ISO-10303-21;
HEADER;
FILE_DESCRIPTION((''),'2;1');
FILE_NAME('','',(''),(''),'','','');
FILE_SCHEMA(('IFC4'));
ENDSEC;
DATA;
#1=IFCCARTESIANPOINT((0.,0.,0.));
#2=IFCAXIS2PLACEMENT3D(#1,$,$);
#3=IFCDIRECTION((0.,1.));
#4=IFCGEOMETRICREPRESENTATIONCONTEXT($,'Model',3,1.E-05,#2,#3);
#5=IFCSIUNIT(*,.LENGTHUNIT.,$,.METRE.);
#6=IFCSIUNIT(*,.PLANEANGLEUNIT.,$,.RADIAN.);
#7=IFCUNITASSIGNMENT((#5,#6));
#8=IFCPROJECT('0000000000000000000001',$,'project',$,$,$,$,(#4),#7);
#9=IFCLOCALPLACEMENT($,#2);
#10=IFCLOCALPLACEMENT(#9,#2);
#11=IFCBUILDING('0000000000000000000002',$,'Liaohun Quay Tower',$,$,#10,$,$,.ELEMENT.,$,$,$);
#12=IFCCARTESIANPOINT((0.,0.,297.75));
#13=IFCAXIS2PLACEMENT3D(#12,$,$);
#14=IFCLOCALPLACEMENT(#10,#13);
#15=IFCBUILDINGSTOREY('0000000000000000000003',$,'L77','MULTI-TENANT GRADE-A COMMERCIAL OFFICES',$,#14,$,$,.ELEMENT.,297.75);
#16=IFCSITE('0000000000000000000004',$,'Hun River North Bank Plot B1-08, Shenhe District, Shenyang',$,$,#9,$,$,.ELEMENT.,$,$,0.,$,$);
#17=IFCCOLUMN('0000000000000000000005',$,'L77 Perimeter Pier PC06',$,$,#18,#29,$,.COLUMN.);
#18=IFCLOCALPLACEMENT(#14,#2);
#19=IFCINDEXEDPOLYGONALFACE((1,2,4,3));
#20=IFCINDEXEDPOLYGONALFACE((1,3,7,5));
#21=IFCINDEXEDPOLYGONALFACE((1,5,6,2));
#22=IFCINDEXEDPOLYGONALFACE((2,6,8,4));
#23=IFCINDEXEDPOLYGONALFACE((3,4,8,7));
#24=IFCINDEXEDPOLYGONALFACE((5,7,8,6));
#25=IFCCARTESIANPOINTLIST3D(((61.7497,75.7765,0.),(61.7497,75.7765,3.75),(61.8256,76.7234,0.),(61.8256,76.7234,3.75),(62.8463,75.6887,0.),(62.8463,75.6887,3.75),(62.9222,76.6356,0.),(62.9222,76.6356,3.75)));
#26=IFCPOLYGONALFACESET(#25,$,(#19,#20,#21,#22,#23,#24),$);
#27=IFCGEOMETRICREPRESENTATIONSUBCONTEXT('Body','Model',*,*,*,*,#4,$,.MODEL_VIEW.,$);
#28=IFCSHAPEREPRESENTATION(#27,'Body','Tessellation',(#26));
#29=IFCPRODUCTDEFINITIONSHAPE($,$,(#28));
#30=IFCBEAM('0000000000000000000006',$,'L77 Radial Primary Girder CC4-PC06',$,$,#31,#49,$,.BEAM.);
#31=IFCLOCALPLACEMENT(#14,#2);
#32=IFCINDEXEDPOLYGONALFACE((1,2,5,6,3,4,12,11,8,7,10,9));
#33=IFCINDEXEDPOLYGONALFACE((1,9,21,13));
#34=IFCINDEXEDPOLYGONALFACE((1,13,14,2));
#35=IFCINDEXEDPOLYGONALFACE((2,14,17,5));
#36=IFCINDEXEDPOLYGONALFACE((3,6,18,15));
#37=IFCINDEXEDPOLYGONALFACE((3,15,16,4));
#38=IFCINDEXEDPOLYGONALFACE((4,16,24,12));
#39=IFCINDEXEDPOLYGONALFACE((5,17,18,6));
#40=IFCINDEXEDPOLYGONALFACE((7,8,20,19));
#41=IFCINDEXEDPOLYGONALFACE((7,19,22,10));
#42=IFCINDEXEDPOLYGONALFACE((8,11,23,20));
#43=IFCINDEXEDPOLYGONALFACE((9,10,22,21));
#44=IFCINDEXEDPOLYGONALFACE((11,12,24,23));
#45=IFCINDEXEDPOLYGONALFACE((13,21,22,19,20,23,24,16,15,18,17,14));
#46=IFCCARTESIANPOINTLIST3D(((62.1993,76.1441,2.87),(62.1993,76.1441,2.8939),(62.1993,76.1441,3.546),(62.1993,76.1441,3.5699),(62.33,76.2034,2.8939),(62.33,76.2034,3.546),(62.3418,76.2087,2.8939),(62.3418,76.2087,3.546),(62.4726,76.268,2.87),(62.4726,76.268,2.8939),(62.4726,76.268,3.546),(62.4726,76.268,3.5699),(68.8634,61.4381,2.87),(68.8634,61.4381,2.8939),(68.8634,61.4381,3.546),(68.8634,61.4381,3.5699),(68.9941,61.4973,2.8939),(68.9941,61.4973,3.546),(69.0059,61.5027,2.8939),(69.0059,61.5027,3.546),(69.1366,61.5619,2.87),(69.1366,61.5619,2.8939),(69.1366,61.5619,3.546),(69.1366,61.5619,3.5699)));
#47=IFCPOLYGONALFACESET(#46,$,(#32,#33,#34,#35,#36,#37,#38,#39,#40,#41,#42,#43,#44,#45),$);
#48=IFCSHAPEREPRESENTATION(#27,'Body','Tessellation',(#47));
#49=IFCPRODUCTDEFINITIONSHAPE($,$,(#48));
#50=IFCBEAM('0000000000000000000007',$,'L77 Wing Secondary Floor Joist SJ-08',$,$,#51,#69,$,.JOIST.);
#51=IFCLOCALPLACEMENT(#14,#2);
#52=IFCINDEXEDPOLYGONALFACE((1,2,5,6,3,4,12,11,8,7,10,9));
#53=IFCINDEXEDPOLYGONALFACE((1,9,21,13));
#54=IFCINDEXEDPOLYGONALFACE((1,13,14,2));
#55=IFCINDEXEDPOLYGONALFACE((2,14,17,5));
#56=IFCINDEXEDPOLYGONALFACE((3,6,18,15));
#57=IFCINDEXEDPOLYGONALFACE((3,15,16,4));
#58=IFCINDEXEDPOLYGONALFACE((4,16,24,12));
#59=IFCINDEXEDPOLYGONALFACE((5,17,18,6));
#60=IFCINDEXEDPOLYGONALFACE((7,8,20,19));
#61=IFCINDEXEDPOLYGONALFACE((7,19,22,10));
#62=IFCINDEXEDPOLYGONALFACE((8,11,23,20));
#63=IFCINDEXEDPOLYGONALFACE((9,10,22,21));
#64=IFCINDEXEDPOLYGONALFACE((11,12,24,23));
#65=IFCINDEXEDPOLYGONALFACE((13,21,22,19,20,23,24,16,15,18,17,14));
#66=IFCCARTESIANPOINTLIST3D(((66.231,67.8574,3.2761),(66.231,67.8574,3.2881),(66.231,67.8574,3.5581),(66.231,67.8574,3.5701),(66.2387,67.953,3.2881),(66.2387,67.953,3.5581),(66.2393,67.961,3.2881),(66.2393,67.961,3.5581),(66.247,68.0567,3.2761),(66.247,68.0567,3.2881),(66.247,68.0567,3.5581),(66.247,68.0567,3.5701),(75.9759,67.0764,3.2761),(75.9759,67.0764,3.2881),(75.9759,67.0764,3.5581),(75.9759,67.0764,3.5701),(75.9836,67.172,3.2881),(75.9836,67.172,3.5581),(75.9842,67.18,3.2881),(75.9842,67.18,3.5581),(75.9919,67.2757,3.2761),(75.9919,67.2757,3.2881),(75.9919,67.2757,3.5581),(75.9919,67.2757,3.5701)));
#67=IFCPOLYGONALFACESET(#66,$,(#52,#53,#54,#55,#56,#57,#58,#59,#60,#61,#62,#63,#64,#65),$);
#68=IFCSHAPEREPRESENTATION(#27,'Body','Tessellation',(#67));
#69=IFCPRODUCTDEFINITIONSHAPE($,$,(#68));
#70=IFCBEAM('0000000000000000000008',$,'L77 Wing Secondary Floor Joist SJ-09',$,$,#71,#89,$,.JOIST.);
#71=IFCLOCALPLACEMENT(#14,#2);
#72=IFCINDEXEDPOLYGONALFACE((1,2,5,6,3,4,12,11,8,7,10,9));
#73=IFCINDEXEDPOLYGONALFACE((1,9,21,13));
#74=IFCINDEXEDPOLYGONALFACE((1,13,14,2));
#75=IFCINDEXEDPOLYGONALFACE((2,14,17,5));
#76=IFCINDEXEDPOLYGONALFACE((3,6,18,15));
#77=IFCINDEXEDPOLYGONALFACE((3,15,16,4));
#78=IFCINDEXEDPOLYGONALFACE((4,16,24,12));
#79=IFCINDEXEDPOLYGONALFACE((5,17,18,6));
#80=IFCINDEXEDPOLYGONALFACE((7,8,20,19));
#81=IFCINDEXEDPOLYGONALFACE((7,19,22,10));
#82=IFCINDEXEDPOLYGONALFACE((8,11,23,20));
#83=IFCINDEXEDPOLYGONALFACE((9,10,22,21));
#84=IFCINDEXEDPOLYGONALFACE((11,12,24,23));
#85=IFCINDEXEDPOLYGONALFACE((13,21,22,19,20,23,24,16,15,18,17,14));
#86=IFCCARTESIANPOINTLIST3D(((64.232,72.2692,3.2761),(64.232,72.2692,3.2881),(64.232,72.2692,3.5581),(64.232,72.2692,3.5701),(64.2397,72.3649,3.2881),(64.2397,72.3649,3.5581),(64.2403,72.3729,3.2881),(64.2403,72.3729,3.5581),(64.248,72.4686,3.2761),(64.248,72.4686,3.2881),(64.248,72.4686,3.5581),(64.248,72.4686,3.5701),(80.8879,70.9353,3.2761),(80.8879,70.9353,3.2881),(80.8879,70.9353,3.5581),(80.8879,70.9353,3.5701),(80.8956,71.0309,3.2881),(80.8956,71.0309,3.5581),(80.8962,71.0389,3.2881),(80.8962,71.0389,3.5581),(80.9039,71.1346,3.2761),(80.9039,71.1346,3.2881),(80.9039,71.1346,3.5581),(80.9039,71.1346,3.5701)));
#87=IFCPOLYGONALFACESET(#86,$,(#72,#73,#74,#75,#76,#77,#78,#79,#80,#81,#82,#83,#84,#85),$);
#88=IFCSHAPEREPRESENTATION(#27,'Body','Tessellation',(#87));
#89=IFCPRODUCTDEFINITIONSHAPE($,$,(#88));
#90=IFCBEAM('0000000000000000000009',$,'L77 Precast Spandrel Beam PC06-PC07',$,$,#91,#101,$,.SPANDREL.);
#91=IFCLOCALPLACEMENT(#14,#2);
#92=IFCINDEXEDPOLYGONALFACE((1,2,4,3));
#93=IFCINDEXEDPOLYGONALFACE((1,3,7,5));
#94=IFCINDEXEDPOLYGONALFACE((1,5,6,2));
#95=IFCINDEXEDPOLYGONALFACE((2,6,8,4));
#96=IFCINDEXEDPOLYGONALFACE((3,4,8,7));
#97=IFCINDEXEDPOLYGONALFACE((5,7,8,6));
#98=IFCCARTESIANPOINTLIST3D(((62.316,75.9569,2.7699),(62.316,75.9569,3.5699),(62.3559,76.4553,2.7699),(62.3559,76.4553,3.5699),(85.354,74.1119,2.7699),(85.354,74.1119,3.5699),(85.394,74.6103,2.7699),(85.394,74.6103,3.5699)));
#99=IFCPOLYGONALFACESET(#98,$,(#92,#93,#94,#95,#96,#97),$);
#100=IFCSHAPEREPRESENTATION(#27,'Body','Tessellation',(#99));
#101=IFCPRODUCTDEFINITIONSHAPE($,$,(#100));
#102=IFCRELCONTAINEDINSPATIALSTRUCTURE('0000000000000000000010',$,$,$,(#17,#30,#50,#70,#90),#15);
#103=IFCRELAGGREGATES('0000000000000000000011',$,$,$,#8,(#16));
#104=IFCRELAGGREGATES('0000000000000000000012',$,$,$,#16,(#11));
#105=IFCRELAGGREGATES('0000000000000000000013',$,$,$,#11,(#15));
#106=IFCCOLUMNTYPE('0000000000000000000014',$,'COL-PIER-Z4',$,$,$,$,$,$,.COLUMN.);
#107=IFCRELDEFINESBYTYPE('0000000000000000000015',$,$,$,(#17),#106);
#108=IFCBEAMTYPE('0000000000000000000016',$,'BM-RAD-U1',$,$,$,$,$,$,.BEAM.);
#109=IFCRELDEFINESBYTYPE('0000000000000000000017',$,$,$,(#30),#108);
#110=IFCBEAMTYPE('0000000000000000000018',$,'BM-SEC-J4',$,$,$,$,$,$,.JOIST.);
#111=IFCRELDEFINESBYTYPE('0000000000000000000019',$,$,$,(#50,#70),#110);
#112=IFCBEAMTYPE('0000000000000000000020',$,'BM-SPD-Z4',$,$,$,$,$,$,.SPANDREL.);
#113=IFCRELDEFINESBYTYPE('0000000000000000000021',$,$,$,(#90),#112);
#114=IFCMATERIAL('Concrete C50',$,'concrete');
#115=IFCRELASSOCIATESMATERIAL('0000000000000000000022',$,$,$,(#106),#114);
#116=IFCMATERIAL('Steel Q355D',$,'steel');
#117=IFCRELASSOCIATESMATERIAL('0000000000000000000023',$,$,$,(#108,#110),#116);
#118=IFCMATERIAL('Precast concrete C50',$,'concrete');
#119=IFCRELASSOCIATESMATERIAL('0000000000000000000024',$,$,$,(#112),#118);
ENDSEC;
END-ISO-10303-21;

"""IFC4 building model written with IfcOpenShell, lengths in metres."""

from ifc_helpers import new_model, si_unit, direction, frame, origin, origin_2d, place, context, subcontext, project, spatial, rectangle, i_section, extrude, source, transform, mapped, material, material_profile, profile_set, type_object, element, save


model = new_model("IFC4")

# Units and contexts
model_context = context("Model", 3, precision=1e-05, world=origin(), true_north=direction((0.0, 1.0)))
body_context = subcontext(model_context, "Body", "Model", "MODEL_VIEW")
ifc_project = project(units=[si_unit("LENGTHUNIT", "METRE"), si_unit("PLANEANGLEUNIT", "RADIAN")], contexts=[model_context])

# Site, building, storey
site_placement = place(None, origin())
site = spatial("IfcSite", under=ifc_project, at=site_placement, Name="Hun River North Bank Plot B1-08, Shenhe District, Shenyang", CompositionType="ELEMENT", RefElevation=0.0)
building_placement = place(site_placement, origin())
building = spatial("IfcBuilding", under=site, at=building_placement, Name="Liaohun Quay Tower", CompositionType="ELEMENT")
storey_placement = place(building_placement, frame((0.0, 0.0, 297.75)))
storey = spatial("IfcBuildingStorey", under=building, at=storey_placement, Name="L77", Description="MULTI-TENANT GRADE-A COMMERCIAL OFFICES", CompositionType="ELEMENT", Elevation=297.75)

# Column
ifc_material_1 = material(Name="Concrete C50", Category="concrete")
ifc_material_profile_1 = material_profile(ifc_material_1, rectangle(XDim=1.1001, YDim=0.95, at=origin_2d()), Name="RC1100x950")
ifc_profile_set_1 = profile_set([ifc_material_profile_1], Name="Concrete C50")
column_type = type_object("IfcColumnType", Name="COL-PIER-Z4", PredefinedType="COLUMN", material=ifc_profile_set_1)
shared_shape_1 = source(origin(), body_context, "Body", "SweptSolid", [
    extrude(rectangle(XDim=1.1001, YDim=0.95, at=origin_2d()), origin(), (0.0, 0.0, 1.0), 3.75),
])
column_placement = place(storey_placement, frame((62.3359, 76.2061, 0.0), z_axis=(0.0, 0.0, 1.0), x_axis=(-0.996807, 0.079851, 0.0)))
element("IfcColumn", 1, at=column_placement, inside=storey, type_object=column_type, Name="L77 Perimeter Pier PC06", PredefinedType="COLUMN", context=body_context, shape_type="MappedRepresentation", body=[
    mapped(shared_shape_1, transform((0.0, 0.0, 0.0), x_axis=(1.0, 0.0, 0.0), y_axis=(0.0, 1.0, 0.0), z_axis=(0.0, 0.0, 1.0), scale=1.0)),
])

# Beams
ifc_material_2 = material(Name="Steel Q355D", Category="steel")
ifc_material_profile_2 = material_profile(ifc_material_2, i_section(OverallWidth=0.3, OverallDepth=0.7, WebThickness=0.0129, FlangeThickness=0.0239, at=origin_2d()), Name="HN700x300x13x24")
ifc_profile_set_2 = profile_set([ifc_material_profile_2], Name="Steel Q355D")
beam_type_1 = type_object("IfcBeamType", Name="BM-RAD-U1", PredefinedType="BEAM", material=ifc_profile_set_2)
shared_shape_2 = source(origin(), body_context, "Body", "SweptSolid", [
    extrude(i_section(OverallWidth=0.3, OverallDepth=0.7, WebThickness=0.0129, FlangeThickness=0.0239, at=origin_2d()), origin(), (0.0, 0.0, 1.0), 16.1455),
])
beam_1_placement = place(storey_placement, frame((69.0, 61.5, 3.22), z_axis=(-0.41275, 0.910844, 0.0), x_axis=(-0.910844, -0.41275, 0.0)))
element("IfcBeam", 2, at=beam_1_placement, inside=storey, type_object=beam_type_1, Name="L77 Radial Primary Girder CC4-PC06", PredefinedType="BEAM", context=body_context, shape_type="MappedRepresentation", body=[
    mapped(shared_shape_2, transform((0.0, 0.0, 0.0), x_axis=(1.0, 0.0, 0.0), y_axis=(0.0, 1.0, 0.0), z_axis=(0.0, 0.0, 1.0), scale=1.0)),
])
ifc_material_profile_3 = material_profile(ifc_material_2, i_section(OverallWidth=0.2, OverallDepth=0.2939, WebThickness=0.0081, FlangeThickness=0.012, at=origin_2d()), Name="HM294x200x8x12")
ifc_profile_set_3 = profile_set([ifc_material_profile_3], Name="Steel Q355D")
beam_type_2 = type_object("IfcBeamType", Name="BM-SEC-J4", PredefinedType="JOIST", material=ifc_profile_set_3)
shared_shape_3 = source(origin(), body_context, "Body", "SweptSolid", [
    extrude(i_section(OverallWidth=0.2, OverallDepth=0.2939, WebThickness=0.0081, FlangeThickness=0.012, at=origin_2d()), origin(), (0.0, 0.0, 1.0), 9.7761),
])
beam_2_placement = place(storey_placement, frame((66.239, 67.957, 3.4231), z_axis=(0.996804, -0.079889, 0.0), x_axis=(0.079889, 0.996804, 0.0)))
element("IfcBeam", 3, at=beam_2_placement, inside=storey, type_object=beam_type_2, Name="L77 Wing Secondary Floor Joist SJ-08", PredefinedType="JOIST", context=body_context, shape_type="MappedRepresentation", body=[
    mapped(shared_shape_3, transform((0.0, 0.0, 0.0), x_axis=(1.0, 0.0, 0.0), y_axis=(0.0, 1.0, 0.0), z_axis=(0.0, 0.0, 1.0), scale=1.0)),
])
shared_shape_4 = source(origin(), body_context, "Body", "SweptSolid", [
    extrude(i_section(OverallWidth=0.2, OverallDepth=0.2939, WebThickness=0.0081, FlangeThickness=0.012, at=origin_2d()), origin(), (0.0, 0.0, 1.0), 16.7092),
])
beam_3_placement = place(storey_placement, frame((64.24, 72.3689, 3.4231), z_axis=(0.996808, -0.079835, 0.0), x_axis=(0.079835, 0.996808, 0.0)))
element("IfcBeam", 4, at=beam_3_placement, inside=storey, type_object=beam_type_2, Name="L77 Wing Secondary Floor Joist SJ-09", PredefinedType="JOIST", context=body_context, shape_type="MappedRepresentation", body=[
    mapped(shared_shape_4, transform((0.0, 0.0, 0.0), x_axis=(1.0, 0.0, 0.0), y_axis=(0.0, 1.0, 0.0), z_axis=(0.0, 0.0, 1.0), scale=1.0)),
])
ifc_material_3 = material(Name="Precast concrete C50", Category="concrete")
ifc_material_profile_4 = material_profile(ifc_material_3, rectangle(XDim=0.5, YDim=0.8, at=origin_2d()), Name="RC500x800")
ifc_profile_set_4 = profile_set([ifc_material_profile_4], Name="Precast concrete C50")
beam_type_3 = type_object("IfcBeamType", Name="BM-SPD-Z4", PredefinedType="SPANDREL", material=ifc_profile_set_4)
shared_shape_5 = source(origin(), body_context, "Body", "SweptSolid", [
    extrude(rectangle(XDim=0.5, YDim=0.8, at=origin_2d()), origin(), (0.0, 0.0, 1.0), 23.1118),
])
beam_4_placement = place(storey_placement, frame((62.3359, 76.2061, 3.1699), z_axis=(0.996809, -0.079828, 0.0), x_axis=(0.079828, 0.996809, 0.0)))
element("IfcBeam", 5, at=beam_4_placement, inside=storey, type_object=beam_type_3, Name="L77 Precast Spandrel Beam PC06-PC07", PredefinedType="SPANDREL", context=body_context, shape_type="MappedRepresentation", body=[
    mapped(shared_shape_5, transform((0.0, 0.0, 0.0), x_axis=(1.0, 0.0, 0.0), y_axis=(0.0, 1.0, 0.0), z_axis=(0.0, 0.0, 1.0), scale=1.0)),
])

save(model, "model.ifc")
